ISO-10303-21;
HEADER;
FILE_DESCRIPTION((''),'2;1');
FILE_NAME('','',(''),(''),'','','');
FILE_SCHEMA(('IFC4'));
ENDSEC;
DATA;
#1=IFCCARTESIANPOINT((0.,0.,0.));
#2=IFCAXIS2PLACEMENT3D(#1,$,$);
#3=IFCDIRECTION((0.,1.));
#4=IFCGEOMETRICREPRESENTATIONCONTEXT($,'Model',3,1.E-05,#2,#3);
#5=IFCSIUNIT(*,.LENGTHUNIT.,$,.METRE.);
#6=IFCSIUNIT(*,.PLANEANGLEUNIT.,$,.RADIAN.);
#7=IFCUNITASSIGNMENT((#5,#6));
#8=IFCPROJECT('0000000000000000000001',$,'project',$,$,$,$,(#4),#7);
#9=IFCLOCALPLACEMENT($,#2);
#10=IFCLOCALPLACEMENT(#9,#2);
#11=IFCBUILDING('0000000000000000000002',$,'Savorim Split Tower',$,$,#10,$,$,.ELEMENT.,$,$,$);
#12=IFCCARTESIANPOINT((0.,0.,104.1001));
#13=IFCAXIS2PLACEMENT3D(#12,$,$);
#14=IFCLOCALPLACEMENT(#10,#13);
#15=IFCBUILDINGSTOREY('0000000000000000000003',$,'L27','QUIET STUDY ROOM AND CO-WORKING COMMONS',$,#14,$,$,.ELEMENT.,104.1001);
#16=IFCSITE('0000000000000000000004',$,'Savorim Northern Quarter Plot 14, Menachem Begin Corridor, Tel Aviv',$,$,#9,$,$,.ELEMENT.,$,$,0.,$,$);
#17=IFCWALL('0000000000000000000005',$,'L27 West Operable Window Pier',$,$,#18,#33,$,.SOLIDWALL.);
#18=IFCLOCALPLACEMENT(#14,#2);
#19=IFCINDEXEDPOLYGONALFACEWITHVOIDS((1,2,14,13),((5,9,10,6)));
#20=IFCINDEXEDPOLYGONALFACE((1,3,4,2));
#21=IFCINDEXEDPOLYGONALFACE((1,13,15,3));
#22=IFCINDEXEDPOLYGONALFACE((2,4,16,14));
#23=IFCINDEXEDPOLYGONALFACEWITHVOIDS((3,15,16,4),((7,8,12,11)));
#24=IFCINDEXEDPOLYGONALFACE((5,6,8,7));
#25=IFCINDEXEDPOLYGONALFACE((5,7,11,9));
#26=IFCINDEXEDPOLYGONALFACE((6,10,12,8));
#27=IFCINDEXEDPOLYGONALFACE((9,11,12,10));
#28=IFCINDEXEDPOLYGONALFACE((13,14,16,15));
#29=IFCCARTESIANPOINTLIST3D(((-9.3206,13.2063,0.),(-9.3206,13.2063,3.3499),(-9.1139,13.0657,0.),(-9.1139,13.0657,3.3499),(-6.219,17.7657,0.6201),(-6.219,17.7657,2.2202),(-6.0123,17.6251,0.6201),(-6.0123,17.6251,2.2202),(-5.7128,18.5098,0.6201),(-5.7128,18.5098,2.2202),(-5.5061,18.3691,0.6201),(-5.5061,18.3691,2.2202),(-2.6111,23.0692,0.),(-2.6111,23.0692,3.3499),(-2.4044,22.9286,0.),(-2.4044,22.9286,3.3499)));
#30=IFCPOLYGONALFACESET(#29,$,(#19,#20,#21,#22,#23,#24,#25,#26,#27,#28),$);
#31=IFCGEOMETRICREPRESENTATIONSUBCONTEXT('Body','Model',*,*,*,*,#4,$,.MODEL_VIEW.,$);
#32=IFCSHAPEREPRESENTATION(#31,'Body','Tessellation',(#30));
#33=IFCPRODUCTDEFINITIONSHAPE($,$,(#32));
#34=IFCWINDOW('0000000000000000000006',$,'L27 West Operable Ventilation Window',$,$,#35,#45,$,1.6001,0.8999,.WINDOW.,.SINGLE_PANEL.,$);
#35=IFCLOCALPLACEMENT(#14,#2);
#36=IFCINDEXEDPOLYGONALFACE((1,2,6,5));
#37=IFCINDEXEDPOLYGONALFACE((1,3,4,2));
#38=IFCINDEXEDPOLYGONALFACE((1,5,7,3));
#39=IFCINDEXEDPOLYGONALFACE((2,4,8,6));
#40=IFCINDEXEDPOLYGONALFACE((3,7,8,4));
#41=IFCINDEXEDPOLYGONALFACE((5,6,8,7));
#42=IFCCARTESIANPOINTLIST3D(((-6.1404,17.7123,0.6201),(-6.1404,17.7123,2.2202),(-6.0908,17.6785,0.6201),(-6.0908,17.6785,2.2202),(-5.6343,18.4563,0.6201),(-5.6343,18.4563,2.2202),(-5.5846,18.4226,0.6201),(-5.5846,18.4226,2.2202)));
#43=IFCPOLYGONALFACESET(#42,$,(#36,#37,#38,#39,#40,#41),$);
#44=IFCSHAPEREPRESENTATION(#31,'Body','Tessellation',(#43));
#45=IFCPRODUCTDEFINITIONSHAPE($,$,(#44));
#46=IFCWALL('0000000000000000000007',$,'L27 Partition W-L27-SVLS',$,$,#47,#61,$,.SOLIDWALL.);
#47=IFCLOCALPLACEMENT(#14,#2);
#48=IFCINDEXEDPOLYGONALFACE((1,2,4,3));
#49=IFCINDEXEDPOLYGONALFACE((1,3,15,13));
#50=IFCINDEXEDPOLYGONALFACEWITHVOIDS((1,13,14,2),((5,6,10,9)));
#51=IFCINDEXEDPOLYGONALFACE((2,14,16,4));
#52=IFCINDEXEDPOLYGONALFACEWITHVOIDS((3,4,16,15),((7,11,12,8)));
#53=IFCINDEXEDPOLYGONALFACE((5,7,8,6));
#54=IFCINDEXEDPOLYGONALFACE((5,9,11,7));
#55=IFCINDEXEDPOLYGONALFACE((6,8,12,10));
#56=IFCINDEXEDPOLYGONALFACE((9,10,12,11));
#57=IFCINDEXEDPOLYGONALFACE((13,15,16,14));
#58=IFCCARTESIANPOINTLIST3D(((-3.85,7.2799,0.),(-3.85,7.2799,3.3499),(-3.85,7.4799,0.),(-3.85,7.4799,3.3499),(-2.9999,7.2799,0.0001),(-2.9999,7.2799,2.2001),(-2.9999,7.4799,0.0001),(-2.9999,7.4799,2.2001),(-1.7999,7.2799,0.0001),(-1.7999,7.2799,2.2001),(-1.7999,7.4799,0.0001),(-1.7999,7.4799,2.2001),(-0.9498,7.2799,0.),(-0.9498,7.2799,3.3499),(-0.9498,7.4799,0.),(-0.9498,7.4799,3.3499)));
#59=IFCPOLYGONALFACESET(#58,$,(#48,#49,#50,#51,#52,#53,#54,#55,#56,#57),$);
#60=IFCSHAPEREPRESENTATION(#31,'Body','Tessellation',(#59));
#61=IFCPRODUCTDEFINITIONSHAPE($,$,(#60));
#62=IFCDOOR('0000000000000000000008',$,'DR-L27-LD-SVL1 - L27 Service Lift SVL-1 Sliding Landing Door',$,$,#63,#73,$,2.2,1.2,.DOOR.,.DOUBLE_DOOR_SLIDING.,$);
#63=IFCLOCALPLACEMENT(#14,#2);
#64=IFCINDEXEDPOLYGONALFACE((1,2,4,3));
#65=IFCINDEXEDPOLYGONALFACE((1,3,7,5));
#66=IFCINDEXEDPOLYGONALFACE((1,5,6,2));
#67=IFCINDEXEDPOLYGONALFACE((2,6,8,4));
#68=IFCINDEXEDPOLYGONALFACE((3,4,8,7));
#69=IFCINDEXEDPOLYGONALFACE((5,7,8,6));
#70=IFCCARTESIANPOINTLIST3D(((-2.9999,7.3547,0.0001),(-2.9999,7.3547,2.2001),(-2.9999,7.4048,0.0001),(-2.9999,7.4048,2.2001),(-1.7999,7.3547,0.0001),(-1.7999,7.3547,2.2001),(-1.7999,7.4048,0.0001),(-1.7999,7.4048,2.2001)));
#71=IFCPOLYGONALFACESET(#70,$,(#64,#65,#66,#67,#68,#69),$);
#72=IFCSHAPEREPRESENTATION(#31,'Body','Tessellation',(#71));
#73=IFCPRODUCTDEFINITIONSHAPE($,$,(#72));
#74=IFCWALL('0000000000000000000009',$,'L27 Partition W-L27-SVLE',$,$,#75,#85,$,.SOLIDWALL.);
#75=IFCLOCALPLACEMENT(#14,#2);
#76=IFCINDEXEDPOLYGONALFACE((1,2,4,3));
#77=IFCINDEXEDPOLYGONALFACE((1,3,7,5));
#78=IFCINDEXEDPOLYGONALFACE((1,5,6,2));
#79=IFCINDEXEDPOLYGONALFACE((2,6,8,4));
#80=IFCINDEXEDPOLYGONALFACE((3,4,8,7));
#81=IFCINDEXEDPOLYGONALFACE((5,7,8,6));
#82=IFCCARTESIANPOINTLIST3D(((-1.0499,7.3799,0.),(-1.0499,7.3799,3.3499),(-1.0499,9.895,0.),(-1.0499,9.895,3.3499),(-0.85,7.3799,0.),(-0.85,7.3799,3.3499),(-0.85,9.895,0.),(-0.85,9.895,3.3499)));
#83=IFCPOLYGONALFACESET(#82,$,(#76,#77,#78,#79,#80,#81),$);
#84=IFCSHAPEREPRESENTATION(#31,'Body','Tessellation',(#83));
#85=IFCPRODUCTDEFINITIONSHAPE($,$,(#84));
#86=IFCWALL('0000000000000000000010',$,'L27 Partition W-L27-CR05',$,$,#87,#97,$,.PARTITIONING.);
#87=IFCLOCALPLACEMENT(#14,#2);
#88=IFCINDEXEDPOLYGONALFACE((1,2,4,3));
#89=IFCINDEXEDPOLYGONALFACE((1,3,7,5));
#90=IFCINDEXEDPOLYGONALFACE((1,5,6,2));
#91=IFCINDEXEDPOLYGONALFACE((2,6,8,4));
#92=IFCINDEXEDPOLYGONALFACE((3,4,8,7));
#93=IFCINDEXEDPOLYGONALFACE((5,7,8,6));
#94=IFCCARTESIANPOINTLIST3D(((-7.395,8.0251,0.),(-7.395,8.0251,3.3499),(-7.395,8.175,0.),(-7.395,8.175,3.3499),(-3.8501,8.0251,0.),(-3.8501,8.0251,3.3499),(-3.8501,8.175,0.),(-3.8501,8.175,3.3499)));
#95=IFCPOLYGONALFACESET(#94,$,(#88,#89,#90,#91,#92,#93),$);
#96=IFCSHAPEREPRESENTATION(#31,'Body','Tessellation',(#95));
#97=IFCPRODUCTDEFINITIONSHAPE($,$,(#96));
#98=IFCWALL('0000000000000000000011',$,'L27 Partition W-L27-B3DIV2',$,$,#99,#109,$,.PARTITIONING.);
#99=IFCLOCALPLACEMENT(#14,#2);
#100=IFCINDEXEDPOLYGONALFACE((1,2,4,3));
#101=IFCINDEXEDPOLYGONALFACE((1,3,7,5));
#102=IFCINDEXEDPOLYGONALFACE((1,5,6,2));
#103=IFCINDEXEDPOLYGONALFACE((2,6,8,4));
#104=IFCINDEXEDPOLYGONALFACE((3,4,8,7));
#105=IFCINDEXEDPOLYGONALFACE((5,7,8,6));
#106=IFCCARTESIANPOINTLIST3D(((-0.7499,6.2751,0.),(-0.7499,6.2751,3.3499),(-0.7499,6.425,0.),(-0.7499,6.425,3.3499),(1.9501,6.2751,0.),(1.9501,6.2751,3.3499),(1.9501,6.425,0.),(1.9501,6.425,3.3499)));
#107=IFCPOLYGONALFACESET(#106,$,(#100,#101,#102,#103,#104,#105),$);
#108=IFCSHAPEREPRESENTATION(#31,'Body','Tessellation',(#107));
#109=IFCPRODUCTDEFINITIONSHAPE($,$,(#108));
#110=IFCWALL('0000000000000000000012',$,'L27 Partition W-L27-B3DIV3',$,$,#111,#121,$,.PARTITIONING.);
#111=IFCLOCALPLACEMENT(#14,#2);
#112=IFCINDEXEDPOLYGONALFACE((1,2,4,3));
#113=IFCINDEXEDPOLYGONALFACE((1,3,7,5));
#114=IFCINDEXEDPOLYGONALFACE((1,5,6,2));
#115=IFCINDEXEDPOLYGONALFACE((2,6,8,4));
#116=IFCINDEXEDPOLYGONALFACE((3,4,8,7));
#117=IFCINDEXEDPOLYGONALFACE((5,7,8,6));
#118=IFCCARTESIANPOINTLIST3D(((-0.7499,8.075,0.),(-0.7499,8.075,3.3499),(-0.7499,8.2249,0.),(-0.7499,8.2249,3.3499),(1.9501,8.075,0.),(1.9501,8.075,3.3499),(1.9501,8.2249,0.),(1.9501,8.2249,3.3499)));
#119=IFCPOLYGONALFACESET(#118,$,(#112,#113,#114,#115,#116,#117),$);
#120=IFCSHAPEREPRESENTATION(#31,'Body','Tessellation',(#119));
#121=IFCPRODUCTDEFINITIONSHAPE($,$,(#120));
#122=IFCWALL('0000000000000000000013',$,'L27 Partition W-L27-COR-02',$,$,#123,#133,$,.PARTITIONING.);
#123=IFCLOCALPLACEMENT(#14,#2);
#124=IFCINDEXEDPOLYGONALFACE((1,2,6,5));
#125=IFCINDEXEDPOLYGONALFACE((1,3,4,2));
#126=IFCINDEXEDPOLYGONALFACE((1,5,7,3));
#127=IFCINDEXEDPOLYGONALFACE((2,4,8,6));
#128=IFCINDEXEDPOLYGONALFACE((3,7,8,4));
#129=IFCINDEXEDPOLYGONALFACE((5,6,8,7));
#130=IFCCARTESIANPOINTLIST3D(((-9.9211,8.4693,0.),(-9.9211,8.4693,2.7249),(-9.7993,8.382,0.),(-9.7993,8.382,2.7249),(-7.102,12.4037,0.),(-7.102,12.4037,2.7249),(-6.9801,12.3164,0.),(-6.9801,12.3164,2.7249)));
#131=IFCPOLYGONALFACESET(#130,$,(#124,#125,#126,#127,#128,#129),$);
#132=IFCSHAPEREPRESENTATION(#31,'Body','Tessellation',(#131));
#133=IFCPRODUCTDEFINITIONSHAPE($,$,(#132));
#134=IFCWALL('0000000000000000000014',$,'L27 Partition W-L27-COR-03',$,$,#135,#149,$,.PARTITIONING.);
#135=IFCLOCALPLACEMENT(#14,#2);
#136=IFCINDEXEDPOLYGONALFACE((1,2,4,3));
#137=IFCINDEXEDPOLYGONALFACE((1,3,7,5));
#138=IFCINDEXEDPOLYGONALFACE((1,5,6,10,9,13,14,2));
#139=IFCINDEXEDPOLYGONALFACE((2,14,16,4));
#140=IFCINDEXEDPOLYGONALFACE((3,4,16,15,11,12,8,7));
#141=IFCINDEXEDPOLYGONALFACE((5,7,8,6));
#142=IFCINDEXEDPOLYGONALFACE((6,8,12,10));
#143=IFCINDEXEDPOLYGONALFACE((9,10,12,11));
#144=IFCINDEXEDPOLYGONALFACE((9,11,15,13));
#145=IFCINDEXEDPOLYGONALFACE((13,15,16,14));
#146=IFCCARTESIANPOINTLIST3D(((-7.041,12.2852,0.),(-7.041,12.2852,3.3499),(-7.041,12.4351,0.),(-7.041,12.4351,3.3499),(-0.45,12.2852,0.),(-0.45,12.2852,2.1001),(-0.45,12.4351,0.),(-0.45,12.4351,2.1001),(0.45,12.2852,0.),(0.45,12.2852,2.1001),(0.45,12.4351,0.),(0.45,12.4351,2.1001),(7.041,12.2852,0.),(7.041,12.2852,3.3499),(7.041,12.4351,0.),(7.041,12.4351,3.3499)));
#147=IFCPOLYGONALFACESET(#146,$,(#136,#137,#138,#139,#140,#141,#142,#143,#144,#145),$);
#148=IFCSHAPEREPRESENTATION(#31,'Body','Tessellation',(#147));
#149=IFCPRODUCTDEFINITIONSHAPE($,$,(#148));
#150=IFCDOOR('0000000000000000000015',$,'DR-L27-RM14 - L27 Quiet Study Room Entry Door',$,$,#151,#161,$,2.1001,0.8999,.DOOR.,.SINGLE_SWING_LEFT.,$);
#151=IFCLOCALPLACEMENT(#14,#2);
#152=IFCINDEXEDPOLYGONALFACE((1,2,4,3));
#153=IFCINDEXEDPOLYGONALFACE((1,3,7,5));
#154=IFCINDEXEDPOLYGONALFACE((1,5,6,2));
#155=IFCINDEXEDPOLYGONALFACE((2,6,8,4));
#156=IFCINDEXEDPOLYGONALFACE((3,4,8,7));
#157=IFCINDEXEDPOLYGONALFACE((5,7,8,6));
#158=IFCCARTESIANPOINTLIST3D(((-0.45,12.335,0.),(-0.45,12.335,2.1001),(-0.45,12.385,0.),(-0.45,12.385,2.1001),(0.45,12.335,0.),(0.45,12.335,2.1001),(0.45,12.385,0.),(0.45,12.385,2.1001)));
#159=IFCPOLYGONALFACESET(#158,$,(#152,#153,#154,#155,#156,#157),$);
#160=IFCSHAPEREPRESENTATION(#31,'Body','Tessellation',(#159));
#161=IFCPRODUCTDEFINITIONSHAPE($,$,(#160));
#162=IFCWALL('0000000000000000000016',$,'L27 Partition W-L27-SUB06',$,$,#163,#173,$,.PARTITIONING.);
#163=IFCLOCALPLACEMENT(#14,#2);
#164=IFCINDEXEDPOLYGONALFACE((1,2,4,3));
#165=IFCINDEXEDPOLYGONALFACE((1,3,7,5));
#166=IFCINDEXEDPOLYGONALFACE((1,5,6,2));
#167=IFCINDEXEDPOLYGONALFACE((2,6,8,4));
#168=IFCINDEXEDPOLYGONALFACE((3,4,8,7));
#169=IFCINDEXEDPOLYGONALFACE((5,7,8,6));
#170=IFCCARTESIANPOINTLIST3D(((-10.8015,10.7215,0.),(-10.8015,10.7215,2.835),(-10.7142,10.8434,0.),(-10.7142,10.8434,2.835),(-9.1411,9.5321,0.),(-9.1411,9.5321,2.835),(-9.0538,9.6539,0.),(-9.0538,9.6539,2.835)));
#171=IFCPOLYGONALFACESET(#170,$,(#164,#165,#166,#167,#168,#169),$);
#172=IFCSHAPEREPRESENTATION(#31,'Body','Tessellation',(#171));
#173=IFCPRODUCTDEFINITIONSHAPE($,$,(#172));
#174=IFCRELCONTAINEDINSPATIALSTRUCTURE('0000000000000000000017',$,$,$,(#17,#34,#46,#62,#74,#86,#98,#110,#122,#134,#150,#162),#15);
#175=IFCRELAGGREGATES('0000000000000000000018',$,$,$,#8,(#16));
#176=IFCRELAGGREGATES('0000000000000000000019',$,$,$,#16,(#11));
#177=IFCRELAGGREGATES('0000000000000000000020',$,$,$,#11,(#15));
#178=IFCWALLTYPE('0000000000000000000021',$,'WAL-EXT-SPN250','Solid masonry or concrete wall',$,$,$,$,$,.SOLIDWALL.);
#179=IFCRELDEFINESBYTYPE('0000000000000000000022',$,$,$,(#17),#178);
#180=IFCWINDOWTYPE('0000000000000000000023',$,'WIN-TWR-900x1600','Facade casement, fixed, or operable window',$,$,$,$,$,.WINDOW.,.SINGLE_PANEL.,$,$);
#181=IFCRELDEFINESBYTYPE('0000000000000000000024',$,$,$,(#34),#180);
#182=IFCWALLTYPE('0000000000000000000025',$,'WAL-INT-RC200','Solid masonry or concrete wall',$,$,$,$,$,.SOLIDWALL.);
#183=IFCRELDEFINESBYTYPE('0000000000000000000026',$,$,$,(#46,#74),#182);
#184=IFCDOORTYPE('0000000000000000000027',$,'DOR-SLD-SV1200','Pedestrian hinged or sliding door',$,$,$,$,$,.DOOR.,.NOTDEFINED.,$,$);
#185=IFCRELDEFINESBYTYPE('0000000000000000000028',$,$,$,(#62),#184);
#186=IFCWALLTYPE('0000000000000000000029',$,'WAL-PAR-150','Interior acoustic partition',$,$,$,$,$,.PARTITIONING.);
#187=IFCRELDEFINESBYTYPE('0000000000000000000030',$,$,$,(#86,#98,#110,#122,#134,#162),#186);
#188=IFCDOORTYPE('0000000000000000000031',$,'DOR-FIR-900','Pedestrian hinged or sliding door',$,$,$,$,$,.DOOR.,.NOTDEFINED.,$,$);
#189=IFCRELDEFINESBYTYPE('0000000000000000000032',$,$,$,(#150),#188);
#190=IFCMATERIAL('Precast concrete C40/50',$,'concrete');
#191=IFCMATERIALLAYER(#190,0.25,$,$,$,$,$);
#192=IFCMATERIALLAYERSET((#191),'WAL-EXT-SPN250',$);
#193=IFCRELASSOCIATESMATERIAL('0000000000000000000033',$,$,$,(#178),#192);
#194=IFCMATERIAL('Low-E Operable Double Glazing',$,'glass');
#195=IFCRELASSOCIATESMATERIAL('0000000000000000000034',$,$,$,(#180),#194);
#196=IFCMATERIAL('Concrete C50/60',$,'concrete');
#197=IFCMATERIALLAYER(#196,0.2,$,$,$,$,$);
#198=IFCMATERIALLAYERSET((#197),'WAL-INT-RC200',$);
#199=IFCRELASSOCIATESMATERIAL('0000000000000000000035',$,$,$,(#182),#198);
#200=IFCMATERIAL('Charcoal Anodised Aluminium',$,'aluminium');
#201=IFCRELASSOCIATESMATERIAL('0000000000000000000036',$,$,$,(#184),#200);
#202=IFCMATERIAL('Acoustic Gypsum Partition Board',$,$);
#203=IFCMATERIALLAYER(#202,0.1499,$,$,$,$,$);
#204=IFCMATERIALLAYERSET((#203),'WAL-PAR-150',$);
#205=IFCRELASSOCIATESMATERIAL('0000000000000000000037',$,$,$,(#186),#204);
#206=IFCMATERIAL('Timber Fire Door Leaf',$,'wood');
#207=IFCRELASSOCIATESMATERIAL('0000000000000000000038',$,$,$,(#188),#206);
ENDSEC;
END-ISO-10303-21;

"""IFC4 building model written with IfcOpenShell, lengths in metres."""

from ifc_helpers import new_model, si_unit, direction, frame, frame_2d, origin, place, context, subcontext, project, spatial, rectangle, extrude, material, layer, layer_set, type_object, element, fill, save


model = new_model("IFC4")

# Units and contexts
model_context = context("Model", 3, precision=1e-05, world=origin(), true_north=direction((0.0, 1.0)))
body_context = subcontext(model_context, "Body", "Model", "MODEL_VIEW")
ifc_project = project(units=[si_unit("LENGTHUNIT", "METRE"), si_unit("PLANEANGLEUNIT", "RADIAN")], contexts=[model_context])

# Site, building, storey
site_placement = place(None, origin())
site = spatial("IfcSite", under=ifc_project, at=site_placement, Name="Savorim Northern Quarter Plot 14, Menachem Begin Corridor, Tel Aviv", CompositionType="ELEMENT", RefElevation=0.0)
building_placement = place(site_placement, origin())
building = spatial("IfcBuilding", under=site, at=building_placement, Name="Savorim Split Tower", CompositionType="ELEMENT")
storey_placement = place(building_placement, frame((0.0, 0.0, 104.1001)))
storey = spatial("IfcBuildingStorey", under=building, at=storey_placement, Name="L27", Description="QUIET STUDY ROOM AND CO-WORKING COMMONS", CompositionType="ELEMENT", Elevation=104.1001)

# Shared definitions
ifc_material_1 = material(Name="Charcoal Anodised Aluminium", Category="aluminium")

# Wall, opening, window
ifc_material_2 = material(Name="Precast concrete C40/50", Category="concrete")
ifc_material_3 = material(Name="Low-E Operable Double Glazing", Category="glass")
ifc_layer_1 = layer(ifc_material_2, 0.25)
ifc_layer_set_1 = layer_set([ifc_layer_1], Name="WAL-EXT-SPN250")
wall_type_1 = type_object("IfcWallType", Name="WAL-EXT-SPN250", Description="Solid masonry or concrete wall", PredefinedType="SOLIDWALL", material=ifc_layer_set_1)
wall_1_placement = place(storey_placement, frame((-9.2173, 13.136, 0.0), z_axis=(0.0, 0.0, 1.0), x_axis=(0.562469, 0.826818, 0.0)))
wall_1 = element("IfcWall", 1, at=wall_1_placement, inside=storey, type_object=wall_type_1, Name="L27 West Operable Window Pier", PredefinedType="SOLIDWALL", context=body_context, shape_type="SweptSolid", body=[
    extrude(rectangle(XDim=11.9287, YDim=0.25, at=frame_2d((5.9644, 0.0))), origin(), (0.0, 0.0, 1.0), 3.3499),
])
opening_1_placement = place(wall_1_placement, frame((5.5144, 0.0, 0.6201)))
opening_1 = element("IfcOpeningElement", 2, at=opening_1_placement, cuts=wall_1, PredefinedType="OPENING", context=body_context, shape_type="SweptSolid", body=[
    extrude(rectangle(XDim=0.8999, YDim=1.6001, at=frame_2d((0.45, 0.8))), frame((0.0, 0.135, 0.0), z_axis=(0.0, -1.0, 0.0), x_axis=(1.0, 0.0, 0.0)), (0.0, 0.0, 1.0), 0.27),
])
window_type_1 = type_object("IfcWindowType", Name="WIN-TWR-900x1600", Description="Facade casement, fixed, or operable window", PartitioningType="SINGLE_PANEL", PredefinedType="WINDOW", material=ifc_material_3)
window_1_placement = place(opening_1_placement, origin())
window_1 = element("IfcWindow", 3, at=window_1_placement, inside=storey, type_object=window_type_1, Name="L27 West Operable Ventilation Window", OverallHeight=1.6001, OverallWidth=0.8999, PartitioningType="SINGLE_PANEL", PredefinedType="WINDOW", context=body_context, shape_type="SweptSolid", body=[
    extrude(rectangle(XDim=0.8999, YDim=1.6001, at=frame_2d((0.45, 0.8))), frame((0.0, 0.03, 0.0), z_axis=(0.0, -1.0, 0.0), x_axis=(1.0, 0.0, 0.0)), (0.0, 0.0, 1.0), 0.0601),
])
fill(opening_1, window_1)

# Wall, opening, door
ifc_material_4 = material(Name="Concrete C50/60", Category="concrete")
ifc_layer_2 = layer(ifc_material_4, 0.2)
ifc_layer_set_2 = layer_set([ifc_layer_2], Name="WAL-INT-RC200")
wall_type_2 = type_object("IfcWallType", Name="WAL-INT-RC200", Description="Solid masonry or concrete wall", PredefinedType="SOLIDWALL", material=ifc_layer_set_2)
wall_2_placement = place(storey_placement, frame((-3.8501, 7.3799, 0.0), z_axis=(0.0, 0.0, 1.0), x_axis=(1.0, 0.0, 0.0)))
wall_2 = element("IfcWall", 4, at=wall_2_placement, inside=storey, type_object=wall_type_2, Name="L27 Partition W-L27-SVLS", PredefinedType="SOLIDWALL", context=body_context, shape_type="SweptSolid", body=[
    extrude(rectangle(XDim=2.9001, YDim=0.2, at=frame_2d((1.4502, 0.0))), origin(), (0.0, 0.0, 1.0), 3.3499),
])
opening_2_placement = place(wall_2_placement, frame((0.8501, 0.0, 0.0)))
opening_2 = element("IfcOpeningElement", 5, at=opening_2_placement, cuts=wall_2, PredefinedType="OPENING", context=body_context, shape_type="SweptSolid", body=[
    extrude(rectangle(XDim=1.2, YDim=2.2, at=frame_2d((0.6001, 1.1001))), frame((0.0, 0.1099, 0.0), z_axis=(0.0, -1.0, 0.0), x_axis=(1.0, 0.0, 0.0)), (0.0, 0.0, 1.0), 0.22),
])
door_type_1 = type_object("IfcDoorType", Name="DOR-SLD-SV1200", Description="Pedestrian hinged or sliding door", OperationType="NOTDEFINED", PredefinedType="DOOR", material=ifc_material_1)
door_1_placement = place(opening_2_placement, origin())
door_1 = element("IfcDoor", 6, at=door_1_placement, inside=storey, type_object=door_type_1, Name="DR-L27-LD-SVL1 - L27 Service Lift SVL-1 Sliding Landing Door", OperationType="DOUBLE_DOOR_SLIDING", OverallHeight=2.2, OverallWidth=1.2, PredefinedType="DOOR", context=body_context, shape_type="SweptSolid", body=[
    extrude(rectangle(XDim=1.2, YDim=2.2, at=frame_2d((0.6001, 1.1001))), frame((0.0, 0.0249, 0.0), z_axis=(0.0, -1.0, 0.0), x_axis=(1.0, 0.0, 0.0)), (0.0, 0.0, 1.0), 0.05),
])
fill(opening_2, door_1)

# Walls
wall_3_placement = place(storey_placement, frame((-0.95, 7.3799, 0.0), z_axis=(0.0, 0.0, 1.0), x_axis=(0.0, 1.0, 0.0)))
element("IfcWall", 7, at=wall_3_placement, inside=storey, type_object=wall_type_2, Name="L27 Partition W-L27-SVLE", PredefinedType="SOLIDWALL", context=body_context, shape_type="SweptSolid", body=[
    extrude(rectangle(XDim=2.5151, YDim=0.2, at=frame_2d((1.2576, 0.0))), origin(), (0.0, 0.0, 1.0), 3.3499),
])
ifc_material_5 = material(Name="Acoustic Gypsum Partition Board")
ifc_layer_3 = layer(ifc_material_5, 0.1499)
ifc_layer_set_3 = layer_set([ifc_layer_3], Name="WAL-PAR-150")
wall_type_3 = type_object("IfcWallType", Name="WAL-PAR-150", Description="Interior acoustic partition", PredefinedType="PARTITIONING", material=ifc_layer_set_3)
wall_4_placement = place(storey_placement, frame((-7.395, 8.1001, 0.0), z_axis=(0.0, 0.0, 1.0), x_axis=(1.0, 0.0, 0.0)))
element("IfcWall", 8, at=wall_4_placement, inside=storey, type_object=wall_type_3, Name="L27 Partition W-L27-CR05", PredefinedType="PARTITIONING", context=body_context, shape_type="SweptSolid", body=[
    extrude(rectangle(XDim=3.5449, YDim=0.1499, at=frame_2d((1.7725, 0.0))), origin(), (0.0, 0.0, 1.0), 3.3499),
])
for number, where, z_axis, x_axis, name in (
    (9, (-0.75, 6.3501, 0.0), (0.0, 0.0, 1.0), (1.0, 0.0, 0.0), "L27 Partition W-L27-B3DIV2"),
    (10, (-0.75, 8.1499, 0.0), (0.0, 0.0, 1.0), (1.0, 0.0, 0.0), "L27 Partition W-L27-B3DIV3"),
):
    element("IfcWall", number, at=place(storey_placement, frame(where, z_axis=z_axis, x_axis=x_axis)), inside=storey, type_object=wall_type_3, Name=name, PredefinedType="PARTITIONING", context=body_context, shape_type="SweptSolid", body=[
        extrude(rectangle(XDim=2.7, YDim=0.1499, at=frame_2d((1.3501, 0.0))), origin(), (0.0, 0.0, 1.0), 3.3499),
    ])
wall_5_placement = place(storey_placement, frame((-9.8601, 8.4258, 0.0), z_axis=(0.0, 0.0, 1.0), x_axis=(0.58245, 0.812867, 0.0)))
element("IfcWall", 11, at=wall_5_placement, inside=storey, type_object=wall_type_3, Name="L27 Partition W-L27-COR-02", PredefinedType="PARTITIONING", context=body_context, shape_type="SweptSolid", body=[
    extrude(rectangle(XDim=4.8401, YDim=0.1499, at=frame_2d((2.4199, 0.0))), origin(), (0.0, 0.0, 1.0), 2.7249),
])

# Wall, opening, door
wall_6_placement = place(storey_placement, frame((-7.041, 12.3601, 0.0), z_axis=(0.0, 0.0, 1.0), x_axis=(1.0, 0.0, 0.0)))
wall_6 = element("IfcWall", 12, at=wall_6_placement, inside=storey, type_object=wall_type_3, Name="L27 Partition W-L27-COR-03", PredefinedType="PARTITIONING", context=body_context, shape_type="SweptSolid", body=[
    extrude(rectangle(XDim=14.082, YDim=0.1499, at=frame_2d((7.041, 0.0))), origin(), (0.0, 0.0, 1.0), 3.3499),
])
opening_3_placement = place(wall_6_placement, frame((6.5911, 0.0, 0.0)))
opening_3 = element("IfcOpeningElement", 13, at=opening_3_placement, cuts=wall_6, PredefinedType="OPENING", context=body_context, shape_type="SweptSolid", body=[
    extrude(rectangle(XDim=0.8999, YDim=2.1001, at=frame_2d((0.45, 1.05))), frame((0.0, 0.085, 0.0), z_axis=(0.0, -1.0, 0.0), x_axis=(1.0, 0.0, 0.0)), (0.0, 0.0, 1.0), 0.1699),
])
ifc_material_6 = material(Name="Timber Fire Door Leaf", Category="wood")
door_type_2 = type_object("IfcDoorType", Name="DOR-FIR-900", Description="Pedestrian hinged or sliding door", OperationType="NOTDEFINED", PredefinedType="DOOR", material=ifc_material_6)
door_2_placement = place(opening_3_placement, origin())
door_2 = element("IfcDoor", 14, at=door_2_placement, inside=storey, type_object=door_type_2, Name="DR-L27-RM14 - L27 Quiet Study Room Entry Door", OperationType="SINGLE_SWING_LEFT", OverallHeight=2.1001, OverallWidth=0.8999, PredefinedType="DOOR", context=body_context, shape_type="SweptSolid", body=[
    extrude(rectangle(XDim=0.8999, YDim=2.1001, at=frame_2d((0.45, 1.05))), frame((0.0, 0.0249, 0.0), z_axis=(0.0, -1.0, 0.0), x_axis=(1.0, 0.0, 0.0)), (0.0, 0.0, 1.0), 0.05),
])
fill(opening_3, door_2)

# Wall
wall_7_placement = place(storey_placement, frame((-9.0974, 9.593, 0.0), z_axis=(0.0, 0.0, 1.0), x_axis=(-0.812933, 0.582357, 0.0)))
element("IfcWall", 15, at=wall_7_placement, inside=storey, type_object=wall_type_3, Name="L27 Partition W-L27-SUB06", PredefinedType="PARTITIONING", context=body_context, shape_type="SweptSolid", body=[
    extrude(rectangle(XDim=2.0425, YDim=0.1499, at=frame_2d((1.0212, 0.0))), origin(), (0.0, 0.0, 1.0), 2.835),
])

save(model, "model.ifc")
